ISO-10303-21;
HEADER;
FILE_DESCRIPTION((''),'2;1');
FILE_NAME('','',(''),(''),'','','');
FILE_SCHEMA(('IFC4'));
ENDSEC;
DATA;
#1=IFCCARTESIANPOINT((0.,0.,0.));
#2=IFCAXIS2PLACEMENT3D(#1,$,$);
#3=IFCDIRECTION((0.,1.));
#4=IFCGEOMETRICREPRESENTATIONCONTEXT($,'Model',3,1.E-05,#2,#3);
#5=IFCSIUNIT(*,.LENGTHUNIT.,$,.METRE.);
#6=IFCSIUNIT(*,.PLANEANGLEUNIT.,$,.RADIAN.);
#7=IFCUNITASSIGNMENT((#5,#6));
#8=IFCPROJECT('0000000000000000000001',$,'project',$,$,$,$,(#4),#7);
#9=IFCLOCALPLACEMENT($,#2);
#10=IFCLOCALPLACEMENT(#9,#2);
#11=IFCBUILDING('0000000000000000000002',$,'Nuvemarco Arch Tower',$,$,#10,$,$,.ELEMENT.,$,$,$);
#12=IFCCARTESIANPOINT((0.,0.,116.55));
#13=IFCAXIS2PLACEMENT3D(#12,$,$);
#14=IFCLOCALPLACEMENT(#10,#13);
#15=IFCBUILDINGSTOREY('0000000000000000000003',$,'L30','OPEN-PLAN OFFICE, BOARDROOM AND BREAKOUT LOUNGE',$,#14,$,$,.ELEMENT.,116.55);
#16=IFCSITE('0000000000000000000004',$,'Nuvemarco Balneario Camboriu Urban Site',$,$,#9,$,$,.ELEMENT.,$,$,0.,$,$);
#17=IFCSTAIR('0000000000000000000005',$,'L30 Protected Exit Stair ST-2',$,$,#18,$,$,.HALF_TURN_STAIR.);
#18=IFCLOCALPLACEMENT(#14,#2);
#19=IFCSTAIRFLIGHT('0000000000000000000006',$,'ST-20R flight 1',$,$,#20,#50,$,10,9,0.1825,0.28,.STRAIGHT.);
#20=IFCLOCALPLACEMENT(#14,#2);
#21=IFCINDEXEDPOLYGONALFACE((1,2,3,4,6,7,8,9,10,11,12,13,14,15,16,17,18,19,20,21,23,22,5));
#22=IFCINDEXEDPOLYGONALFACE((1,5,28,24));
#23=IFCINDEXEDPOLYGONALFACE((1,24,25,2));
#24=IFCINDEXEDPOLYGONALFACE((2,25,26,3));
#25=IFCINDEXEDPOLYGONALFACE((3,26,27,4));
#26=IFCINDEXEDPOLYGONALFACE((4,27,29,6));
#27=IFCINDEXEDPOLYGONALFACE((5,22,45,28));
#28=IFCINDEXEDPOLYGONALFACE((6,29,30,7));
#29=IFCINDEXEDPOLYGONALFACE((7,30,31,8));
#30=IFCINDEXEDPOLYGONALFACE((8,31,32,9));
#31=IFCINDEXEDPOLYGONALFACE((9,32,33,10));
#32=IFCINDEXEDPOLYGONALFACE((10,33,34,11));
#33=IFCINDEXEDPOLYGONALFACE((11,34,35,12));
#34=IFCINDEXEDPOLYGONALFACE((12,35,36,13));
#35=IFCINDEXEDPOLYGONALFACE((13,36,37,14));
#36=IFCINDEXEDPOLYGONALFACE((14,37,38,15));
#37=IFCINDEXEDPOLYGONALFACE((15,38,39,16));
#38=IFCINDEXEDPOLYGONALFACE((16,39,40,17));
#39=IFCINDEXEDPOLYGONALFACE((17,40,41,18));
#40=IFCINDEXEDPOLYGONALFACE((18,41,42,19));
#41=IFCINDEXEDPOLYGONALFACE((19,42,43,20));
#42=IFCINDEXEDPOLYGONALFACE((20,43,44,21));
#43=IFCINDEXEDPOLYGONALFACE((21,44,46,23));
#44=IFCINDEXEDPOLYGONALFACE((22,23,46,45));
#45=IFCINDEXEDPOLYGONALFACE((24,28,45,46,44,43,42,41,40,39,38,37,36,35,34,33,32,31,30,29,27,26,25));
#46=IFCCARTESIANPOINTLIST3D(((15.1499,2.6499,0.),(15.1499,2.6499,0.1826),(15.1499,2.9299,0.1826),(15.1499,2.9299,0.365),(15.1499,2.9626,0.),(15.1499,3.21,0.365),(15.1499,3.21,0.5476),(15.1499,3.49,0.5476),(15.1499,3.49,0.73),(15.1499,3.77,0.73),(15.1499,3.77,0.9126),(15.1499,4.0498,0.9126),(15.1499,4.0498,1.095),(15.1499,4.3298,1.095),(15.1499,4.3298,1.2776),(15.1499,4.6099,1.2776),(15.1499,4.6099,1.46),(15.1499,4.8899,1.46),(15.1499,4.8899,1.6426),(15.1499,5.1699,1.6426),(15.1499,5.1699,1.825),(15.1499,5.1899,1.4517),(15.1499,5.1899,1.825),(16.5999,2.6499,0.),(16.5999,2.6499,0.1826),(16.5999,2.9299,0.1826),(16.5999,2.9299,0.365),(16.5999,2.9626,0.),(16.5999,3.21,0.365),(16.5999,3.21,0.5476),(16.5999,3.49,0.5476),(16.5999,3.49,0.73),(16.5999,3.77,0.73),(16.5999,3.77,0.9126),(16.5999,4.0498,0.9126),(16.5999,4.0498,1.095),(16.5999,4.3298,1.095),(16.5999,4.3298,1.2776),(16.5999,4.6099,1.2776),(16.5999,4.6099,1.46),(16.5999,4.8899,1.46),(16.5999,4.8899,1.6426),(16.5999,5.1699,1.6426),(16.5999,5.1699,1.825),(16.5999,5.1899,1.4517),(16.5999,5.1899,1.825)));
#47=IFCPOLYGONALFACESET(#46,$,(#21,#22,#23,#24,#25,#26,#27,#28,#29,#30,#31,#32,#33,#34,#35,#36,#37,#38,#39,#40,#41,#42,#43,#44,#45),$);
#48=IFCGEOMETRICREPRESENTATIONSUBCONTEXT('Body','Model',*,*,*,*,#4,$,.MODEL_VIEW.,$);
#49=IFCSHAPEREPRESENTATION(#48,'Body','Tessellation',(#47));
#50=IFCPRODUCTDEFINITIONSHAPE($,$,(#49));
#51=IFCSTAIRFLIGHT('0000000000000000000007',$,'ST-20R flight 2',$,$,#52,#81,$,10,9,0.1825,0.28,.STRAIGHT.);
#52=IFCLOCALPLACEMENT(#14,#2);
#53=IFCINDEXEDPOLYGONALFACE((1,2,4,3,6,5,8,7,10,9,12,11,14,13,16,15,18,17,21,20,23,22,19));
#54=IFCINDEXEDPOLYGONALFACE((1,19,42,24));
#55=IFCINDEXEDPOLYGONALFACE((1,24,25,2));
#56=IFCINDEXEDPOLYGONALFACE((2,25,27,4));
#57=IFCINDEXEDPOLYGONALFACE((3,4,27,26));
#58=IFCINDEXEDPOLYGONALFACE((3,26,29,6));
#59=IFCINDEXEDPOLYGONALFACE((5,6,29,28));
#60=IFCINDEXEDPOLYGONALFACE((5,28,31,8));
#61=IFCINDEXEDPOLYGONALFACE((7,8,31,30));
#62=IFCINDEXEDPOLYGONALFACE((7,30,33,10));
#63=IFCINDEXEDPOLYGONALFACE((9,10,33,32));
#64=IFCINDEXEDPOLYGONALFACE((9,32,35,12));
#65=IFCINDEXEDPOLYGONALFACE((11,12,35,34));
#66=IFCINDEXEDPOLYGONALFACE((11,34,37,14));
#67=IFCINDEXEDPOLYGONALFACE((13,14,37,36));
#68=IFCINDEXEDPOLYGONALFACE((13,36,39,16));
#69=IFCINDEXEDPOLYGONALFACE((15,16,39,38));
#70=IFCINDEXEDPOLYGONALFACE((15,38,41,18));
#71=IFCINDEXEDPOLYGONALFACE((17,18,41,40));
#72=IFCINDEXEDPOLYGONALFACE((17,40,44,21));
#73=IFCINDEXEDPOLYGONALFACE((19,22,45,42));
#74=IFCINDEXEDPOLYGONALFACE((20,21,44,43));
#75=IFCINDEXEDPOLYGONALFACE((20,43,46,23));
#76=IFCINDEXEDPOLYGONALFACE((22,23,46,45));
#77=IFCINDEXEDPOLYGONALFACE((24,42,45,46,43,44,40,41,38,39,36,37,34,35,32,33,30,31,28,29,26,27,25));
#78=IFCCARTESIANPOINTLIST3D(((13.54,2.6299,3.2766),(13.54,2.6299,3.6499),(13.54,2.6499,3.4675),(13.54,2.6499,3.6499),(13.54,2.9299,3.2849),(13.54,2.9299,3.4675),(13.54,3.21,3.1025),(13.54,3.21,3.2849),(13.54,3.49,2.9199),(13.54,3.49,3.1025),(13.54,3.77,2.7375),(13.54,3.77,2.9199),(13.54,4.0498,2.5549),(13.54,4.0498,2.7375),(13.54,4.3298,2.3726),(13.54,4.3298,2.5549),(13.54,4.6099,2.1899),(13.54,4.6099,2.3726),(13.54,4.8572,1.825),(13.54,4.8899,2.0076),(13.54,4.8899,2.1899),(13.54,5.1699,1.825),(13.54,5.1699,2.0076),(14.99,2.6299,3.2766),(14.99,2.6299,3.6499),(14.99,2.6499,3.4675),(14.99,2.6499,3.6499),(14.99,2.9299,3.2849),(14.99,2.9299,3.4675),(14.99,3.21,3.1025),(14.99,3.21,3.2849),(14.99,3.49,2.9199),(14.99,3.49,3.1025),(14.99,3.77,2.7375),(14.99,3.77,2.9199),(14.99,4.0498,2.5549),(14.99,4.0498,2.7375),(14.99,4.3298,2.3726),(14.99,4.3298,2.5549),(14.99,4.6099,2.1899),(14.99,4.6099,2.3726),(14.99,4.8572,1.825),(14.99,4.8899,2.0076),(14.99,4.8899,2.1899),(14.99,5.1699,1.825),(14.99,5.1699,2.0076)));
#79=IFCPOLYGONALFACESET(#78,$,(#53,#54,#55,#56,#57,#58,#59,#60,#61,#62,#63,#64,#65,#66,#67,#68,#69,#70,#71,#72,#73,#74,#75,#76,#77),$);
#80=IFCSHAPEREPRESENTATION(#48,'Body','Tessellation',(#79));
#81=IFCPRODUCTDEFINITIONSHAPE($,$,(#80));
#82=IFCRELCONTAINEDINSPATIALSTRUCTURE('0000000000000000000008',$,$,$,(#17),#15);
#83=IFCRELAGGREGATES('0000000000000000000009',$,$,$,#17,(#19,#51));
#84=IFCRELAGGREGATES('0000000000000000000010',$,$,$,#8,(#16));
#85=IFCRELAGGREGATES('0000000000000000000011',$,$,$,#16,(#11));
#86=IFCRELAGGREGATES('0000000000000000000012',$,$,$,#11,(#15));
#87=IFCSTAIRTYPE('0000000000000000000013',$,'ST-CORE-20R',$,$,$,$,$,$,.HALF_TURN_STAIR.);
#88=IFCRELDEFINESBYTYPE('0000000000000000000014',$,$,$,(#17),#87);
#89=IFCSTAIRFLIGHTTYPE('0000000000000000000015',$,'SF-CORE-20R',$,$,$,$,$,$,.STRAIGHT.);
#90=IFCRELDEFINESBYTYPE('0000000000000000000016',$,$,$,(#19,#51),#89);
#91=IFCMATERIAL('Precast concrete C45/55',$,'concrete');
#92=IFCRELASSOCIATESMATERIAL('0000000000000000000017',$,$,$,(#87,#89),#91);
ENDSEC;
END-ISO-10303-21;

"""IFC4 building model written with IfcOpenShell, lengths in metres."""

from ifc_helpers import new_model, si_unit, direction, frame, origin, place, context, subcontext, project, spatial, polyline, outline, extrude, material, type_object, element, aggregate, save


model = new_model("IFC4")

# Units and contexts
model_context = context("Model", 3, precision=1e-05, world=origin(), true_north=direction((0.0, 1.0)))
body_context = subcontext(model_context, "Body", "Model", "MODEL_VIEW")
ifc_project = project(units=[si_unit("LENGTHUNIT", "METRE"), si_unit("PLANEANGLEUNIT", "RADIAN")], contexts=[model_context])

# Site, building, storey
site_placement = place(None, origin())
site = spatial("IfcSite", under=ifc_project, at=site_placement, Name="Nuvemarco Balneario Camboriu Urban Site", CompositionType="ELEMENT", RefElevation=0.0)
building_placement = place(site_placement, origin())
building = spatial("IfcBuilding", under=site, at=building_placement, Name="Nuvemarco Arch Tower", CompositionType="ELEMENT")
storey_placement = place(building_placement, frame((0.0, 0.0, 116.55)))
storey = spatial("IfcBuildingStorey", under=building, at=storey_placement, Name="L30", Description="OPEN-PLAN OFFICE, BOARDROOM AND BREAKOUT LOUNGE", CompositionType="ELEMENT", Elevation=116.55)

# Shared definitions
ifc_material_1 = material(Name="Precast concrete C45/55", Category="concrete")

# Stair, stair flights
stair_type = type_object("IfcStairType", Name="ST-CORE-20R", PredefinedType="HALF_TURN_STAIR", material=ifc_material_1)
stair_placement = place(storey_placement, origin())
stair = element("IfcStair", 1, at=stair_placement, inside=storey, type_object=stair_type, Name="L30 Protected Exit Stair ST-2", PredefinedType="HALF_TURN_STAIR")
stair_flight_type = type_object("IfcStairFlightType", Name="SF-CORE-20R", PredefinedType="STRAIGHT", material=ifc_material_1)
stair_flight_1_placement = place(storey_placement, frame((15.875, 2.6499, 0.0), z_axis=(0.0, 0.0, 1.0), x_axis=(0.0, 1.0, 0.0)))
stair_flight_1 = element("IfcStairFlight", 2, at=stair_flight_1_placement, type_object=stair_flight_type, Name="ST-20R flight 1", NumberOfRisers=10, NumberOfTreads=9, PredefinedType="STRAIGHT", RiserHeight=0.1825, TreadLength=0.28, context=body_context, shape_type="SweptSolid", body=[
    extrude(outline(polyline([(0.0, 0.0), (0.0, 0.1826), (0.28, 0.1826), (0.28, 0.365), (0.5601, 0.365), (0.5601, 0.5476), (0.8401, 0.5476), (0.8401, 0.73), (1.1201, 0.73), (1.1201, 0.9126), (1.3999, 0.9126), (1.3999, 1.095), (1.6799, 1.095), (1.6799, 1.2776), (1.96, 1.2776), (1.96, 1.46), (2.24, 1.46), (2.24, 1.6426), (2.52, 1.6426), (2.52, 1.825), (2.54, 1.825), (2.54, 1.4517), (0.3127, 0.0), (0.0, 0.0)])), frame((0.0, 0.7251, 0.0), z_axis=(0.0, -1.0, 0.0), x_axis=(1.0, 0.0, 0.0)), (0.0, 0.0, 1.0), 1.45),
])
stair_flight_2_placement = place(storey_placement, frame((14.2649, 5.1699, 1.825), z_axis=(0.0, 0.0, 1.0), x_axis=(0.0, -1.0, 0.0)))
stair_flight_2 = element("IfcStairFlight", 3, at=stair_flight_2_placement, type_object=stair_flight_type, Name="ST-20R flight 2", NumberOfRisers=10, NumberOfTreads=9, PredefinedType="STRAIGHT", RiserHeight=0.1825, TreadLength=0.28, context=body_context, shape_type="SweptSolid", body=[
    extrude(outline(polyline([(0.0, 0.0), (0.0, 0.1826), (0.28, 0.1826), (0.28, 0.365), (0.5601, 0.365), (0.5601, 0.5476), (0.8401, 0.5476), (0.8401, 0.73), (1.1201, 0.73), (1.1201, 0.9126), (1.3999, 0.9126), (1.3999, 1.095), (1.6799, 1.095), (1.6799, 1.2776), (1.96, 1.2776), (1.96, 1.46), (2.24, 1.46), (2.24, 1.6426), (2.52, 1.6426), (2.52, 1.825), (2.54, 1.825), (2.54, 1.4517), (0.3127, 0.0), (0.0, 0.0)])), frame((0.0, 0.7251, 0.0), z_axis=(0.0, -1.0, 0.0), x_axis=(1.0, 0.0, 0.0)), (0.0, 0.0, 1.0), 1.45),
])
aggregate(stair, [stair_flight_1, stair_flight_2])

save(model, "model.ifc")
